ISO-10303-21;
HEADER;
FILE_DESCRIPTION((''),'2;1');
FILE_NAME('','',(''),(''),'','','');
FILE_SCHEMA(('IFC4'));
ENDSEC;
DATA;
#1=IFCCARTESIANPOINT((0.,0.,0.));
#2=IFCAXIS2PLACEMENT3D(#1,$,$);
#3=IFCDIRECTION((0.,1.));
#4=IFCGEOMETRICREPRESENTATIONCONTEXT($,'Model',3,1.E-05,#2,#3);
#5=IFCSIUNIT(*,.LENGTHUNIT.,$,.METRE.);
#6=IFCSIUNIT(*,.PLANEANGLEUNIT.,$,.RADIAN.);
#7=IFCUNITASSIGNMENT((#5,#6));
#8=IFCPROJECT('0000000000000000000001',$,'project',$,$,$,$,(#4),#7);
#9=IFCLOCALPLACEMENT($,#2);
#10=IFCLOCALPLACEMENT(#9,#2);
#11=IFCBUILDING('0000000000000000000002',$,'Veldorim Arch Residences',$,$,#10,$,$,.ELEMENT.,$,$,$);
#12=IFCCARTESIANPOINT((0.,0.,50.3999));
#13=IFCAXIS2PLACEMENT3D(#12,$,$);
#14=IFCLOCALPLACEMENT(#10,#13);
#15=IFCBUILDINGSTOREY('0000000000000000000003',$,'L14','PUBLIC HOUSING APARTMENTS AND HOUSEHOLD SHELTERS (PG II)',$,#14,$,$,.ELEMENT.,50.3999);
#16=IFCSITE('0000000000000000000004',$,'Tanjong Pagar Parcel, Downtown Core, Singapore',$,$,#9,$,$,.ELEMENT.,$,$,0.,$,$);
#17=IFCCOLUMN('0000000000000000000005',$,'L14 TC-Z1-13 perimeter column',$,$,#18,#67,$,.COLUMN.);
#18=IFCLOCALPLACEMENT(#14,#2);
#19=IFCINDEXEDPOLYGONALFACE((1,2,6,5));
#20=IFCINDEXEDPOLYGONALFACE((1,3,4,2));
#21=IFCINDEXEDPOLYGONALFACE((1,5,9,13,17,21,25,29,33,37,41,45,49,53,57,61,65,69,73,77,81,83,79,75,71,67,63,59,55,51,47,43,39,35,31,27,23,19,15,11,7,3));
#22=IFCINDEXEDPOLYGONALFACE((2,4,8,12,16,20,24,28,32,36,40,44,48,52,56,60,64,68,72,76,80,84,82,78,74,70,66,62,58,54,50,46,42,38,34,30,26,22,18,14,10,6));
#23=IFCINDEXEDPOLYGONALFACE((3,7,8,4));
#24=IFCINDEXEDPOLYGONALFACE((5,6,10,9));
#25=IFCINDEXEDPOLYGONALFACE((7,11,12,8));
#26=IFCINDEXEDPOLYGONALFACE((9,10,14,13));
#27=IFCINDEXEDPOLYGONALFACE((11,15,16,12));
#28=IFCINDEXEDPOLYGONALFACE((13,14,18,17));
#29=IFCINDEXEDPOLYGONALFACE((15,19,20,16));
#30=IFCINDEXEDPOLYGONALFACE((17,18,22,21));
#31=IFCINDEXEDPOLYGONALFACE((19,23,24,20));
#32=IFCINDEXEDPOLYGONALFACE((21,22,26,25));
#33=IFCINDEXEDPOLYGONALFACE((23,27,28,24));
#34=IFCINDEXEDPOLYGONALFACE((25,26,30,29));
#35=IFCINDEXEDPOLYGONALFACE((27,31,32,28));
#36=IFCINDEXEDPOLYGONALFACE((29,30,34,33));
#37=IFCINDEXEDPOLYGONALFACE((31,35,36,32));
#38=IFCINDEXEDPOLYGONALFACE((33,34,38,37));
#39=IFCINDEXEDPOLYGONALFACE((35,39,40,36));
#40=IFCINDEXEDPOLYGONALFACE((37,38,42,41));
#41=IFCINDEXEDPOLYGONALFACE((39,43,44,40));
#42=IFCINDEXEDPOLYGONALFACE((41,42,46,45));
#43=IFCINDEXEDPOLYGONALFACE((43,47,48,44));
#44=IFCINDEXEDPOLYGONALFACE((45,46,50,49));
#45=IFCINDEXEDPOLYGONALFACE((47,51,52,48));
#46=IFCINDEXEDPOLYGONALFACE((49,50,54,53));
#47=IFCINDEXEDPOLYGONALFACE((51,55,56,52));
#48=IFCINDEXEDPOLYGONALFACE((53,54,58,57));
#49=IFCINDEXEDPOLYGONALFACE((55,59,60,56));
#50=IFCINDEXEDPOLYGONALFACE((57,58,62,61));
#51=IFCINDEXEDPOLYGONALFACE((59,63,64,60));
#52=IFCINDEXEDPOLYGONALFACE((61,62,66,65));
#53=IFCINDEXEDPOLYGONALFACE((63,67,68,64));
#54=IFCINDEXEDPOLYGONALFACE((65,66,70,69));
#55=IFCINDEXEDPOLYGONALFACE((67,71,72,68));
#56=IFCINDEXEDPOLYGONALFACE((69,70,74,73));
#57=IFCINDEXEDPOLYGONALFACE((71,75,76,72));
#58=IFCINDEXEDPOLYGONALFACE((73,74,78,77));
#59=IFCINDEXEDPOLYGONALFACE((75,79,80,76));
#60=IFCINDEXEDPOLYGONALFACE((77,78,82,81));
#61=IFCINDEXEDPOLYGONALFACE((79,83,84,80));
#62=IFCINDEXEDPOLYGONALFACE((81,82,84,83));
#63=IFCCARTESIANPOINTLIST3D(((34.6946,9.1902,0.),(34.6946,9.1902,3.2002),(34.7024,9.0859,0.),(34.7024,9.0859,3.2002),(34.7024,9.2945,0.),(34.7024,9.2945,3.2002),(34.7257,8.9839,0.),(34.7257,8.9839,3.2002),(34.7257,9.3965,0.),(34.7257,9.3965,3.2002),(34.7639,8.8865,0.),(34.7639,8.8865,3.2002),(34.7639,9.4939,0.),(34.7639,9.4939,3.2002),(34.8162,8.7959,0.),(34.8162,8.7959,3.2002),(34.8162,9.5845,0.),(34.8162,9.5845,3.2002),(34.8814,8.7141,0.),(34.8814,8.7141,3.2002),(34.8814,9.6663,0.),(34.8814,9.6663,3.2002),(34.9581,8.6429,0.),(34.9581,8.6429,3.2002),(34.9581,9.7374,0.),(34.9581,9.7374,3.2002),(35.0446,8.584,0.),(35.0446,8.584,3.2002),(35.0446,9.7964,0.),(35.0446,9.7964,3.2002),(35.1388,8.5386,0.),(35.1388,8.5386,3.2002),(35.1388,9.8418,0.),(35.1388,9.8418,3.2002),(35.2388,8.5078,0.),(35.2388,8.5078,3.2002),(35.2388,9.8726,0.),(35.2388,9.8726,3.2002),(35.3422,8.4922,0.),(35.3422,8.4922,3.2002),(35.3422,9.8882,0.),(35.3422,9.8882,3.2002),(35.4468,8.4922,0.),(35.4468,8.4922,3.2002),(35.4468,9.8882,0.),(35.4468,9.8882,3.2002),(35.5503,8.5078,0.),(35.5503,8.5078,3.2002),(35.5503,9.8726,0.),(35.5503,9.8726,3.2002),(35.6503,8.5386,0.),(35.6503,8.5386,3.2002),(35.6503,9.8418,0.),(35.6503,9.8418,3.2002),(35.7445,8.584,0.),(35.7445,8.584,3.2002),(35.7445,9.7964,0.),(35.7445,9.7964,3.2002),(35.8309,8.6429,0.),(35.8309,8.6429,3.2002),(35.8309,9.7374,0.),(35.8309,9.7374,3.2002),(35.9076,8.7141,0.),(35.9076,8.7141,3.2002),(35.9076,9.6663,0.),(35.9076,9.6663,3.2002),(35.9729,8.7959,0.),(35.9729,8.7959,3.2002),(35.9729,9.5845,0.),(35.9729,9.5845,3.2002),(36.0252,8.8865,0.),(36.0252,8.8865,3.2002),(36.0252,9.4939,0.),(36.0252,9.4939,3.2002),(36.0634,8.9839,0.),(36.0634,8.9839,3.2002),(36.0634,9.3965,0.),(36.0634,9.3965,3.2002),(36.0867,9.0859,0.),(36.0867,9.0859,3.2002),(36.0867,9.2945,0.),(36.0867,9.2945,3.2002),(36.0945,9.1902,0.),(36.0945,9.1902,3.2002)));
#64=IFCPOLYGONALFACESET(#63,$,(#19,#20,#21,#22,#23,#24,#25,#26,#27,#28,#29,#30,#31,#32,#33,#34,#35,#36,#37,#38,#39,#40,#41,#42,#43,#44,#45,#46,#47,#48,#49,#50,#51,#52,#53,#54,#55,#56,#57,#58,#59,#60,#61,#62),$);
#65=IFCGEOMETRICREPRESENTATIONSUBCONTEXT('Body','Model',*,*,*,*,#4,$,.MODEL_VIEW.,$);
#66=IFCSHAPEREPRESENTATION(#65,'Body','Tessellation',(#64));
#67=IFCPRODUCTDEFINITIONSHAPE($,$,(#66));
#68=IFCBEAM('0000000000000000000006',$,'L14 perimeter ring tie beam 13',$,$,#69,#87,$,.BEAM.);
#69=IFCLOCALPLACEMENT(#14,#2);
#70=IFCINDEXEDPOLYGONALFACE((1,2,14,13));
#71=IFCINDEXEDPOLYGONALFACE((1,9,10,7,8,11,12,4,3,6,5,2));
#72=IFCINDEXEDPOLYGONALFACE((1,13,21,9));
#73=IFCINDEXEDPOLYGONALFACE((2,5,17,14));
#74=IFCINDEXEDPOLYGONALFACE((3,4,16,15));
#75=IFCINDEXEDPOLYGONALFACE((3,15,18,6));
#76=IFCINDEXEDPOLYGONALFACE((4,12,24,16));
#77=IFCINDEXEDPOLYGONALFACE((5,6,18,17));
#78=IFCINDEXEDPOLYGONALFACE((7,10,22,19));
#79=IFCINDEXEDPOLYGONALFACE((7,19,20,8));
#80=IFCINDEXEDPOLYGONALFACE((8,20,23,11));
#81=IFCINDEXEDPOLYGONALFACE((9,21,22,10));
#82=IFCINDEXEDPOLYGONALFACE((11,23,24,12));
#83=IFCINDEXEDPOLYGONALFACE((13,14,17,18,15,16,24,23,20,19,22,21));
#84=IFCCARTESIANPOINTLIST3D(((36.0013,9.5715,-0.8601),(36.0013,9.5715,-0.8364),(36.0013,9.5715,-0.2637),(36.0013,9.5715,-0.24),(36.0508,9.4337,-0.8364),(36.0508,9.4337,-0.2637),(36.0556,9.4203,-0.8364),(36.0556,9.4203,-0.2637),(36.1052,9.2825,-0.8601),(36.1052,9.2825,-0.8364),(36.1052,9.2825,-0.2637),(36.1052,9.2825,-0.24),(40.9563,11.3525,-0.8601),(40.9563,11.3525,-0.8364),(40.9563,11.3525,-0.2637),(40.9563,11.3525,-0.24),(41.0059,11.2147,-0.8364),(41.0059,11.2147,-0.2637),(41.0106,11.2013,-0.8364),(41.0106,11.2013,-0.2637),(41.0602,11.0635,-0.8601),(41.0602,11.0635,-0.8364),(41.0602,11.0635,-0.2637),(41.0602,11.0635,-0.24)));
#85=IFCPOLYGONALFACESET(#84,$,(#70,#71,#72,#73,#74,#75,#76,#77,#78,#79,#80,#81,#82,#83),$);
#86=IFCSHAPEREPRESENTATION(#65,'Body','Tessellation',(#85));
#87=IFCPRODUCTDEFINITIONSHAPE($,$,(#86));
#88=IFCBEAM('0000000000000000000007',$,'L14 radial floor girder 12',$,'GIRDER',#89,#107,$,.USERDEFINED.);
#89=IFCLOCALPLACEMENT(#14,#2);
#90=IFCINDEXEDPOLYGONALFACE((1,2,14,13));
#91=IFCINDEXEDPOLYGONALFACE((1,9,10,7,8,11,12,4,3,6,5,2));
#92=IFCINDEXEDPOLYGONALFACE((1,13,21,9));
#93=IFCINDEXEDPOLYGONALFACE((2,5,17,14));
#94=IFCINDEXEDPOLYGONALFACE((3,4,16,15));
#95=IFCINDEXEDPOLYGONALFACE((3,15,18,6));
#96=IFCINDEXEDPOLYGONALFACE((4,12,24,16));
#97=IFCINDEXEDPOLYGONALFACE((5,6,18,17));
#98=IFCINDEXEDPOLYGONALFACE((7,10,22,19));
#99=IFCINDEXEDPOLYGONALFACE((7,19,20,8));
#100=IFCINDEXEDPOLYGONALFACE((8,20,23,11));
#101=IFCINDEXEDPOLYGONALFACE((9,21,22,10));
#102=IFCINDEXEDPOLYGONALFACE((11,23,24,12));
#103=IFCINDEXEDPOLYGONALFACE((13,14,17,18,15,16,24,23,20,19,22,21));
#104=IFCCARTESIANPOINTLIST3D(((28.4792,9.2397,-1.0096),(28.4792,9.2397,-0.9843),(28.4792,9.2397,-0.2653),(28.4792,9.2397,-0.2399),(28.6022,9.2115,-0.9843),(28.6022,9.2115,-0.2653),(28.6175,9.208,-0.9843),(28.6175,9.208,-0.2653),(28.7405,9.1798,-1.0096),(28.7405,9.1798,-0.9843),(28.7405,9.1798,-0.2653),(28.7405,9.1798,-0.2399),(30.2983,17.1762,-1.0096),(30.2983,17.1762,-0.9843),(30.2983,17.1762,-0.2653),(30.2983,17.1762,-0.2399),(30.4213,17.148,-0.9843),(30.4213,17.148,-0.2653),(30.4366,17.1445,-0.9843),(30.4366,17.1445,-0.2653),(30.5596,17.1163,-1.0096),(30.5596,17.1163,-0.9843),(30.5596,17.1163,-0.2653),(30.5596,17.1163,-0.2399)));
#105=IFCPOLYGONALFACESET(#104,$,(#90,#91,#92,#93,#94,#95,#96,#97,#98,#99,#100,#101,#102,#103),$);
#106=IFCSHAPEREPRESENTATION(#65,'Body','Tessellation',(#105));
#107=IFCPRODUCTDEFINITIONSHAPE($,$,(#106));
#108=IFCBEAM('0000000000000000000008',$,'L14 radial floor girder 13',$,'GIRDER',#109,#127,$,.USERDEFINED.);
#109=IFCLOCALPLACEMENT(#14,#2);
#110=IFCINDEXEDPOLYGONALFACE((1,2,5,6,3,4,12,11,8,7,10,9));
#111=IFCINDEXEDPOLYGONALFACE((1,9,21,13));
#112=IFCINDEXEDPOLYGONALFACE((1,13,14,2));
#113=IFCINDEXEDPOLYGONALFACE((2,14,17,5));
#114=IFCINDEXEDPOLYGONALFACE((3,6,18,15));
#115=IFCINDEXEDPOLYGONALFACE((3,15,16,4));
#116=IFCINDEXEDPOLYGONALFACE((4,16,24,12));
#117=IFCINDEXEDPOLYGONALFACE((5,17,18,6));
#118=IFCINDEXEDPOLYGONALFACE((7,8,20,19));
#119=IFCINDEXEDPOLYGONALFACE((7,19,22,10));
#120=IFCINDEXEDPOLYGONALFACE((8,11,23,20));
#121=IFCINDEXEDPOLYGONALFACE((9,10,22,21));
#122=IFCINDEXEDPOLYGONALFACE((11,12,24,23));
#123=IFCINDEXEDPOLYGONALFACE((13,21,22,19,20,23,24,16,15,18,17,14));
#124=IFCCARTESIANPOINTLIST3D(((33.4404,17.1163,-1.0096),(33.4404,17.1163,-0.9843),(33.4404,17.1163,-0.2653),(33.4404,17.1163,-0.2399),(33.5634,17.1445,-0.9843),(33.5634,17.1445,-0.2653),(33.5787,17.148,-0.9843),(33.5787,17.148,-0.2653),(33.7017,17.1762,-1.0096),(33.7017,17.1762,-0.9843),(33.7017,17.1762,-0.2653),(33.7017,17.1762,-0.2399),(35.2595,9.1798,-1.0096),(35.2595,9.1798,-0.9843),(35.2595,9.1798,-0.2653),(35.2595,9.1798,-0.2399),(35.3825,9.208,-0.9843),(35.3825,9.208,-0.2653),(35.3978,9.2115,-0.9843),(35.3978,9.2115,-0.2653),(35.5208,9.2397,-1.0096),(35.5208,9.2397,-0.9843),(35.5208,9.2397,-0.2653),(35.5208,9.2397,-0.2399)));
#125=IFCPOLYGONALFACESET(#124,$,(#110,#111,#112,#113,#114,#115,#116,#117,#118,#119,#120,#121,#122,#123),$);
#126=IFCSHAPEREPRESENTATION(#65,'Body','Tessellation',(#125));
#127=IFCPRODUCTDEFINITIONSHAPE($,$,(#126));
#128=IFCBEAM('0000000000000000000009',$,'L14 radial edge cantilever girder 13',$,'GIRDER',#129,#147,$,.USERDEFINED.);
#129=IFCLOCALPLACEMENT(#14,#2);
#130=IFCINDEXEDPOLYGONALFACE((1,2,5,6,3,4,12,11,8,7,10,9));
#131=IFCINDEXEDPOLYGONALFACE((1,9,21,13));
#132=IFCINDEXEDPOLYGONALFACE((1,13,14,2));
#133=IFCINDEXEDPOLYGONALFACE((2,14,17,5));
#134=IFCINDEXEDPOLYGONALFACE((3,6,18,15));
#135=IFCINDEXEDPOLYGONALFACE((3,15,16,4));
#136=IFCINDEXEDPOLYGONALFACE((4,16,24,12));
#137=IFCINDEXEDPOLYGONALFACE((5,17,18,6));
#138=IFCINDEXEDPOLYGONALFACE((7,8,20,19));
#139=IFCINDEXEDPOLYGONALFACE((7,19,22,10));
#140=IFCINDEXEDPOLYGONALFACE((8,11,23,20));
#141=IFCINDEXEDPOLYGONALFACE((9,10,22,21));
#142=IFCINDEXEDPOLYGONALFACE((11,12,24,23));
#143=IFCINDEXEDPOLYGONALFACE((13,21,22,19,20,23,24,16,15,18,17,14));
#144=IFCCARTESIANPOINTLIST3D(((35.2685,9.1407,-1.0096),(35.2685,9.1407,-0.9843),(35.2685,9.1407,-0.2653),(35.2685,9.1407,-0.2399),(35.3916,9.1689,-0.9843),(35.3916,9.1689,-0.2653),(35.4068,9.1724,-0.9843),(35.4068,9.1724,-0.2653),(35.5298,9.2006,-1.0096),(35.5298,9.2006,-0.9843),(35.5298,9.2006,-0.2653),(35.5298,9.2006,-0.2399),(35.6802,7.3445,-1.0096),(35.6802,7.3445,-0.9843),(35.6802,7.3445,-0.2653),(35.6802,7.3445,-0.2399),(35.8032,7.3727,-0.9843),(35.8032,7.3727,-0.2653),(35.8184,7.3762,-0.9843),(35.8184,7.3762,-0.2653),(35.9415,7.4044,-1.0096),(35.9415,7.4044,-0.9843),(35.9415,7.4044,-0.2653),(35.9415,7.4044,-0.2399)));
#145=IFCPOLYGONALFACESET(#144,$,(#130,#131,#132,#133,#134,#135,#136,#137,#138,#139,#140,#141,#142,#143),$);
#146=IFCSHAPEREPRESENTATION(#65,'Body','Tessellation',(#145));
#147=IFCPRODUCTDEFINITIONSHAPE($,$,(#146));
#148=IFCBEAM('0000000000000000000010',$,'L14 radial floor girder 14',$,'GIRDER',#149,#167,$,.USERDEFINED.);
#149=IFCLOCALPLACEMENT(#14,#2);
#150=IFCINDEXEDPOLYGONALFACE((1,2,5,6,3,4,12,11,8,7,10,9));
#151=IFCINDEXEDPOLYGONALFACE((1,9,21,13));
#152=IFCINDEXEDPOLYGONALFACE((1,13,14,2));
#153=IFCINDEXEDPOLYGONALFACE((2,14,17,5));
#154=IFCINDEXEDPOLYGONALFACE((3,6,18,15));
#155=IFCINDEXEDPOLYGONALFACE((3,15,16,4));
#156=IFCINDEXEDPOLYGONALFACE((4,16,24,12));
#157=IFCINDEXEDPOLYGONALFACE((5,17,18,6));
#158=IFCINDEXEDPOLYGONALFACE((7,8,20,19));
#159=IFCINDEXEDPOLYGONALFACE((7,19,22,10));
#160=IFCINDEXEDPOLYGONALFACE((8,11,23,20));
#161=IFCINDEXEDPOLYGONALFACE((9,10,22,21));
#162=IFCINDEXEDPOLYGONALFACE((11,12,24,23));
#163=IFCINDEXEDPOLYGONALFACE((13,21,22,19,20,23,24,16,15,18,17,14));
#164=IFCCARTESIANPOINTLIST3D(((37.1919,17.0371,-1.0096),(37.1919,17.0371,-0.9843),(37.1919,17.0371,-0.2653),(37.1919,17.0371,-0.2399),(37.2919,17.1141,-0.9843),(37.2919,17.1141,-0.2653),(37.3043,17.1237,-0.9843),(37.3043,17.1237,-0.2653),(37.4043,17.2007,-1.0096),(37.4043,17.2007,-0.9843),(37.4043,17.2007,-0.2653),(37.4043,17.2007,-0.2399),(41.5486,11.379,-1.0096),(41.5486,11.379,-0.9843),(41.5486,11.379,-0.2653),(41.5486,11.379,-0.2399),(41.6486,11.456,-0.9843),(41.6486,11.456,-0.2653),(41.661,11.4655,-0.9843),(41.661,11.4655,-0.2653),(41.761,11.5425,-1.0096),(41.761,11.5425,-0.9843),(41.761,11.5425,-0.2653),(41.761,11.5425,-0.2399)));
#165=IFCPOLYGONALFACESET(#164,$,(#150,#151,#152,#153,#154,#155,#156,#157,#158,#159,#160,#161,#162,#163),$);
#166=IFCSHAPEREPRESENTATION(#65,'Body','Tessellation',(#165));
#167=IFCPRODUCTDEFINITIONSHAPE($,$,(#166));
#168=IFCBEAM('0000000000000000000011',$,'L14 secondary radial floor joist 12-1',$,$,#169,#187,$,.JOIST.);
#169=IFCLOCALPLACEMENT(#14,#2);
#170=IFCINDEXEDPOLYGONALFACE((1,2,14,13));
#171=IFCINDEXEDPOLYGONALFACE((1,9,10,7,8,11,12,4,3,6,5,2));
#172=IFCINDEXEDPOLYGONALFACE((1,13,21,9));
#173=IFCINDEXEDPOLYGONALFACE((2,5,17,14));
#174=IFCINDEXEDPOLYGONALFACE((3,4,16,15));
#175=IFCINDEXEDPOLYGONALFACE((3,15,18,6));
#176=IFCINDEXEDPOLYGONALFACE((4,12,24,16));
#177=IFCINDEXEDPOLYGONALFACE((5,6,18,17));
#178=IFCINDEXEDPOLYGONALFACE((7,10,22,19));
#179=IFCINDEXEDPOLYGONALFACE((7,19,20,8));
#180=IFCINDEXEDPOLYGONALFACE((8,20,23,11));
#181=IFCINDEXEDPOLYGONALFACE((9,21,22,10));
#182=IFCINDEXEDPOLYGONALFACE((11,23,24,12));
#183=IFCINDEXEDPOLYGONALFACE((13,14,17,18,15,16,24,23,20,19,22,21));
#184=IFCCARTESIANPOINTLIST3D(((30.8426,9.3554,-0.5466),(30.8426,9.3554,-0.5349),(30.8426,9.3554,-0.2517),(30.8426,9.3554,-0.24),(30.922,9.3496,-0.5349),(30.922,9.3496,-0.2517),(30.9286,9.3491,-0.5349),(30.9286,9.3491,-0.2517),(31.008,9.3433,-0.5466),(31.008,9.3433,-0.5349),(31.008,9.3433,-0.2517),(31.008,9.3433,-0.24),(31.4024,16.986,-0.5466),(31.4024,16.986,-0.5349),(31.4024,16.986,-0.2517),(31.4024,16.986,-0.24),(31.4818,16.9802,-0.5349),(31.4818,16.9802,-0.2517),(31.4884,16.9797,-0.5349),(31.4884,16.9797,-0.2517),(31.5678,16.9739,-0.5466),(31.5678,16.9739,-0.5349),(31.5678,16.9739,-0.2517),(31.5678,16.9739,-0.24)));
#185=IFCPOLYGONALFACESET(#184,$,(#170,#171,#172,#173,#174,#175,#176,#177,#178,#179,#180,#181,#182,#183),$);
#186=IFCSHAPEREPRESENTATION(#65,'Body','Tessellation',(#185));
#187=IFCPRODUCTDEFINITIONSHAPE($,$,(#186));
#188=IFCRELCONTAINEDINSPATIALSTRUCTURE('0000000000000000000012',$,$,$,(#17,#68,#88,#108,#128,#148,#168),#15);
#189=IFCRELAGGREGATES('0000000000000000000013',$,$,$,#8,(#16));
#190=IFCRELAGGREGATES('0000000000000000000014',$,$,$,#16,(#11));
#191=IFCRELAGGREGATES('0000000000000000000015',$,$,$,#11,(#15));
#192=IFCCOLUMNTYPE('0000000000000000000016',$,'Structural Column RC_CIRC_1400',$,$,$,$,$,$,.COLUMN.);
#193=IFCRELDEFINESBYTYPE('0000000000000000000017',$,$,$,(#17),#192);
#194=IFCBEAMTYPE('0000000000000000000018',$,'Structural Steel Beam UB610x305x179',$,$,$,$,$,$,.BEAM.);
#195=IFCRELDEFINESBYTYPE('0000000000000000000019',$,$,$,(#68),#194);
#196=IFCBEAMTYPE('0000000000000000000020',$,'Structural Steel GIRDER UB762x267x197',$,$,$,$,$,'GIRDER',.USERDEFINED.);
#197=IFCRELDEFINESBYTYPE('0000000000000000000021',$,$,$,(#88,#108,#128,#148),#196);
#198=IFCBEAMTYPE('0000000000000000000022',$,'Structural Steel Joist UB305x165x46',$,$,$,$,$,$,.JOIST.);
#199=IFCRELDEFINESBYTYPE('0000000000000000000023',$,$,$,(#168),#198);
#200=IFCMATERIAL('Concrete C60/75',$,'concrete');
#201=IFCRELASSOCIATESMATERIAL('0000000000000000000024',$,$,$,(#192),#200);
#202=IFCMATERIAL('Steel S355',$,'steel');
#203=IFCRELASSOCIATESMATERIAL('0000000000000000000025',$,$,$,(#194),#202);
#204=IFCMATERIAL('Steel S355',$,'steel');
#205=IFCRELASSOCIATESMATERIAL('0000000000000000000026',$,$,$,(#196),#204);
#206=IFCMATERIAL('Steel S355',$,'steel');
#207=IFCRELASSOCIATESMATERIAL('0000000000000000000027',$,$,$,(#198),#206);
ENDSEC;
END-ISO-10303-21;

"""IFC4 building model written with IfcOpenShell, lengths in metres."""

from ifc_helpers import new_model, si_unit, direction, frame, origin, origin_2d, place, context, subcontext, project, spatial, circle, i_section, extrude, material, material_profile, profile_set, type_object, element, save


model = new_model("IFC4")

# Units and contexts
model_context = context("Model", 3, precision=1e-05, world=origin(), true_north=direction((0.0, 1.0)))
body_context = subcontext(model_context, "Body", "Model", "MODEL_VIEW")
ifc_project = project(units=[si_unit("LENGTHUNIT", "METRE"), si_unit("PLANEANGLEUNIT", "RADIAN")], contexts=[model_context])

# Site, building, storey
site_placement = place(None, origin())
site = spatial("IfcSite", under=ifc_project, at=site_placement, Name="Tanjong Pagar Parcel, Downtown Core, Singapore", CompositionType="ELEMENT", RefElevation=0.0)
building_placement = place(site_placement, origin())
building = spatial("IfcBuilding", under=site, at=building_placement, Name="Veldorim Arch Residences", CompositionType="ELEMENT")
storey_placement = place(building_placement, frame((0.0, 0.0, 50.3999)))
storey = spatial("IfcBuildingStorey", under=building, at=storey_placement, Name="L14", Description="PUBLIC HOUSING APARTMENTS AND HOUSEHOLD SHELTERS (PG II)", CompositionType="ELEMENT", Elevation=50.3999)

# Column
ifc_material_1 = material(Name="Concrete C60/75", Category="concrete")
ifc_material_profile_1 = material_profile(ifc_material_1, circle(Radius=0.7, at=origin_2d()), Name="RC_CIRC_1400")
ifc_profile_set_1 = profile_set([ifc_material_profile_1], Name="Concrete C60/75")
column_type = type_object("IfcColumnType", Name="Structural Column RC_CIRC_1400", PredefinedType="COLUMN", material=ifc_profile_set_1)
column_placement = place(storey_placement, frame((35.3945, 9.1902, 0.0), z_axis=(0.0, 0.0, 1.0), x_axis=(1.0, 0.0, 0.0)))
element("IfcColumn", 1, at=column_placement, inside=storey, type_object=column_type, Name="L14 TC-Z1-13 perimeter column", PredefinedType="COLUMN", context=body_context, shape_type="SweptSolid", body=[
    extrude(circle(Radius=0.7, at=origin_2d()), origin(), (0.0, 0.0, 1.0), 3.2002),
])

# Beams
ifc_material_2 = material(Name="Steel S355", Category="steel")
ifc_material_profile_2 = material_profile(ifc_material_2, i_section(OverallWidth=0.3071, OverallDepth=0.6201, WebThickness=0.0142, FlangeThickness=0.0237, at=origin_2d()), Name="UB610x305x179")
ifc_profile_set_2 = profile_set([ifc_material_profile_2], Name="Steel S355")
beam_type_1 = type_object("IfcBeamType", Name="Structural Steel Beam UB610x305x179", PredefinedType="BEAM", material=ifc_profile_set_2)
beam_1_placement = place(storey_placement, frame((36.0532, 9.427, -0.55), z_axis=(0.941058, 0.338245, 0.0), x_axis=(-0.338245, 0.941058, 0.0)))
element("IfcBeam", 2, at=beam_1_placement, inside=storey, type_object=beam_type_1, Name="L14 perimeter ring tie beam 13", PredefinedType="BEAM", context=body_context, shape_type="SweptSolid", body=[
    extrude(i_section(OverallWidth=0.3071, OverallDepth=0.6201, WebThickness=0.0142, FlangeThickness=0.0237, at=origin_2d()), origin(), (0.0, 0.0, 1.0), 5.2654),
])
ifc_material_3 = material(Name="Steel S355", Category="steel")
ifc_material_profile_3 = material_profile(ifc_material_3, i_section(OverallWidth=0.2681, OverallDepth=0.7698, WebThickness=0.0156, FlangeThickness=0.0254, at=origin_2d()), Name="UB762x267x197")
ifc_profile_set_3 = profile_set([ifc_material_profile_3], Name="Steel S355")
beam_type_2 = type_object("IfcBeamType", Name="Structural Steel GIRDER UB762x267x197", ElementType="GIRDER", PredefinedType="USERDEFINED", material=ifc_profile_set_3)
for number, where, z_axis, x_axis, name in (
    (3, (30.429, 17.1462, -0.6248), (-0.223412, -0.974724, 0.0), (0.974724, -0.223412, 0.0), "L14 radial floor girder 12"),
    (4, (33.571, 17.1462, -0.6248), (0.223412, -0.974724, 0.0), (0.974724, 0.223412, 0.0), "L14 radial floor girder 13"),
):
    element("IfcBeam", number, at=place(storey_placement, frame(where, z_axis=z_axis, x_axis=x_axis)), inside=storey, type_object=beam_type_2, Name=name, ObjectType="GIRDER", PredefinedType="USERDEFINED", context=body_context, shape_type="SweptSolid", body=[
        extrude(i_section(OverallWidth=0.2681, OverallDepth=0.7698, WebThickness=0.0156, FlangeThickness=0.0254, at=origin_2d()), origin(), (0.0, 0.0, 1.0), 8.1423),
    ])
beam_2_placement = place(storey_placement, frame((35.3992, 9.1707, -0.6248), z_axis=(0.223379, -0.974732, 0.0), x_axis=(0.974732, 0.223379, 0.0)))
element("IfcBeam", 5, at=beam_2_placement, inside=storey, type_object=beam_type_2, Name="L14 radial edge cantilever girder 13", ObjectType="GIRDER", PredefinedType="USERDEFINED", context=body_context, shape_type="SweptSolid", body=[
    extrude(i_section(OverallWidth=0.2681, OverallDepth=0.7698, WebThickness=0.0156, FlangeThickness=0.0254, at=origin_2d()), origin(), (0.0, 0.0, 1.0), 1.8428),
])
beam_3_placement = place(storey_placement, frame((37.2981, 17.1189, -0.6248), z_axis=(0.610082, -0.792338, 0.0), x_axis=(0.792338, 0.610082, 0.0)))
element("IfcBeam", 6, at=beam_3_placement, inside=storey, type_object=beam_type_2, Name="L14 radial floor girder 14", ObjectType="GIRDER", PredefinedType="USERDEFINED", context=body_context, shape_type="SweptSolid", body=[
    extrude(i_section(OverallWidth=0.2681, OverallDepth=0.7698, WebThickness=0.0156, FlangeThickness=0.0254, at=origin_2d()), origin(), (0.0, 0.0, 1.0), 7.1411),
])
ifc_material_4 = material(Name="Steel S355", Category="steel")
ifc_material_profile_4 = material_profile(ifc_material_4, i_section(OverallWidth=0.1658, OverallDepth=0.3066, WebThickness=0.0066, FlangeThickness=0.0117, at=origin_2d()), Name="UB305x165x46")
ifc_profile_set_4 = profile_set([ifc_material_profile_4], Name="Steel S355")
beam_type_3 = type_object("IfcBeamType", Name="Structural Steel Joist UB305x165x46", PredefinedType="JOIST", material=ifc_profile_set_4)
for number, where, z_axis, x_axis, name in (
    (7, (31.4851, 16.98, -0.3933), (-0.073168, -0.99732, 0.0), (0.99732, -0.073168, 0.0), "L14 secondary radial floor joist 12-1"),
):
    element("IfcBeam", number, at=place(storey_placement, frame(where, z_axis=z_axis, x_axis=x_axis)), inside=storey, type_object=beam_type_3, Name=name, PredefinedType="JOIST", context=body_context, shape_type="SweptSolid", body=[
        extrude(i_section(OverallWidth=0.1658, OverallDepth=0.3066, WebThickness=0.0066, FlangeThickness=0.0117, at=origin_2d()), origin(), (0.0, 0.0, 1.0), 7.6511),
    ])

save(model, "model.ifc")
